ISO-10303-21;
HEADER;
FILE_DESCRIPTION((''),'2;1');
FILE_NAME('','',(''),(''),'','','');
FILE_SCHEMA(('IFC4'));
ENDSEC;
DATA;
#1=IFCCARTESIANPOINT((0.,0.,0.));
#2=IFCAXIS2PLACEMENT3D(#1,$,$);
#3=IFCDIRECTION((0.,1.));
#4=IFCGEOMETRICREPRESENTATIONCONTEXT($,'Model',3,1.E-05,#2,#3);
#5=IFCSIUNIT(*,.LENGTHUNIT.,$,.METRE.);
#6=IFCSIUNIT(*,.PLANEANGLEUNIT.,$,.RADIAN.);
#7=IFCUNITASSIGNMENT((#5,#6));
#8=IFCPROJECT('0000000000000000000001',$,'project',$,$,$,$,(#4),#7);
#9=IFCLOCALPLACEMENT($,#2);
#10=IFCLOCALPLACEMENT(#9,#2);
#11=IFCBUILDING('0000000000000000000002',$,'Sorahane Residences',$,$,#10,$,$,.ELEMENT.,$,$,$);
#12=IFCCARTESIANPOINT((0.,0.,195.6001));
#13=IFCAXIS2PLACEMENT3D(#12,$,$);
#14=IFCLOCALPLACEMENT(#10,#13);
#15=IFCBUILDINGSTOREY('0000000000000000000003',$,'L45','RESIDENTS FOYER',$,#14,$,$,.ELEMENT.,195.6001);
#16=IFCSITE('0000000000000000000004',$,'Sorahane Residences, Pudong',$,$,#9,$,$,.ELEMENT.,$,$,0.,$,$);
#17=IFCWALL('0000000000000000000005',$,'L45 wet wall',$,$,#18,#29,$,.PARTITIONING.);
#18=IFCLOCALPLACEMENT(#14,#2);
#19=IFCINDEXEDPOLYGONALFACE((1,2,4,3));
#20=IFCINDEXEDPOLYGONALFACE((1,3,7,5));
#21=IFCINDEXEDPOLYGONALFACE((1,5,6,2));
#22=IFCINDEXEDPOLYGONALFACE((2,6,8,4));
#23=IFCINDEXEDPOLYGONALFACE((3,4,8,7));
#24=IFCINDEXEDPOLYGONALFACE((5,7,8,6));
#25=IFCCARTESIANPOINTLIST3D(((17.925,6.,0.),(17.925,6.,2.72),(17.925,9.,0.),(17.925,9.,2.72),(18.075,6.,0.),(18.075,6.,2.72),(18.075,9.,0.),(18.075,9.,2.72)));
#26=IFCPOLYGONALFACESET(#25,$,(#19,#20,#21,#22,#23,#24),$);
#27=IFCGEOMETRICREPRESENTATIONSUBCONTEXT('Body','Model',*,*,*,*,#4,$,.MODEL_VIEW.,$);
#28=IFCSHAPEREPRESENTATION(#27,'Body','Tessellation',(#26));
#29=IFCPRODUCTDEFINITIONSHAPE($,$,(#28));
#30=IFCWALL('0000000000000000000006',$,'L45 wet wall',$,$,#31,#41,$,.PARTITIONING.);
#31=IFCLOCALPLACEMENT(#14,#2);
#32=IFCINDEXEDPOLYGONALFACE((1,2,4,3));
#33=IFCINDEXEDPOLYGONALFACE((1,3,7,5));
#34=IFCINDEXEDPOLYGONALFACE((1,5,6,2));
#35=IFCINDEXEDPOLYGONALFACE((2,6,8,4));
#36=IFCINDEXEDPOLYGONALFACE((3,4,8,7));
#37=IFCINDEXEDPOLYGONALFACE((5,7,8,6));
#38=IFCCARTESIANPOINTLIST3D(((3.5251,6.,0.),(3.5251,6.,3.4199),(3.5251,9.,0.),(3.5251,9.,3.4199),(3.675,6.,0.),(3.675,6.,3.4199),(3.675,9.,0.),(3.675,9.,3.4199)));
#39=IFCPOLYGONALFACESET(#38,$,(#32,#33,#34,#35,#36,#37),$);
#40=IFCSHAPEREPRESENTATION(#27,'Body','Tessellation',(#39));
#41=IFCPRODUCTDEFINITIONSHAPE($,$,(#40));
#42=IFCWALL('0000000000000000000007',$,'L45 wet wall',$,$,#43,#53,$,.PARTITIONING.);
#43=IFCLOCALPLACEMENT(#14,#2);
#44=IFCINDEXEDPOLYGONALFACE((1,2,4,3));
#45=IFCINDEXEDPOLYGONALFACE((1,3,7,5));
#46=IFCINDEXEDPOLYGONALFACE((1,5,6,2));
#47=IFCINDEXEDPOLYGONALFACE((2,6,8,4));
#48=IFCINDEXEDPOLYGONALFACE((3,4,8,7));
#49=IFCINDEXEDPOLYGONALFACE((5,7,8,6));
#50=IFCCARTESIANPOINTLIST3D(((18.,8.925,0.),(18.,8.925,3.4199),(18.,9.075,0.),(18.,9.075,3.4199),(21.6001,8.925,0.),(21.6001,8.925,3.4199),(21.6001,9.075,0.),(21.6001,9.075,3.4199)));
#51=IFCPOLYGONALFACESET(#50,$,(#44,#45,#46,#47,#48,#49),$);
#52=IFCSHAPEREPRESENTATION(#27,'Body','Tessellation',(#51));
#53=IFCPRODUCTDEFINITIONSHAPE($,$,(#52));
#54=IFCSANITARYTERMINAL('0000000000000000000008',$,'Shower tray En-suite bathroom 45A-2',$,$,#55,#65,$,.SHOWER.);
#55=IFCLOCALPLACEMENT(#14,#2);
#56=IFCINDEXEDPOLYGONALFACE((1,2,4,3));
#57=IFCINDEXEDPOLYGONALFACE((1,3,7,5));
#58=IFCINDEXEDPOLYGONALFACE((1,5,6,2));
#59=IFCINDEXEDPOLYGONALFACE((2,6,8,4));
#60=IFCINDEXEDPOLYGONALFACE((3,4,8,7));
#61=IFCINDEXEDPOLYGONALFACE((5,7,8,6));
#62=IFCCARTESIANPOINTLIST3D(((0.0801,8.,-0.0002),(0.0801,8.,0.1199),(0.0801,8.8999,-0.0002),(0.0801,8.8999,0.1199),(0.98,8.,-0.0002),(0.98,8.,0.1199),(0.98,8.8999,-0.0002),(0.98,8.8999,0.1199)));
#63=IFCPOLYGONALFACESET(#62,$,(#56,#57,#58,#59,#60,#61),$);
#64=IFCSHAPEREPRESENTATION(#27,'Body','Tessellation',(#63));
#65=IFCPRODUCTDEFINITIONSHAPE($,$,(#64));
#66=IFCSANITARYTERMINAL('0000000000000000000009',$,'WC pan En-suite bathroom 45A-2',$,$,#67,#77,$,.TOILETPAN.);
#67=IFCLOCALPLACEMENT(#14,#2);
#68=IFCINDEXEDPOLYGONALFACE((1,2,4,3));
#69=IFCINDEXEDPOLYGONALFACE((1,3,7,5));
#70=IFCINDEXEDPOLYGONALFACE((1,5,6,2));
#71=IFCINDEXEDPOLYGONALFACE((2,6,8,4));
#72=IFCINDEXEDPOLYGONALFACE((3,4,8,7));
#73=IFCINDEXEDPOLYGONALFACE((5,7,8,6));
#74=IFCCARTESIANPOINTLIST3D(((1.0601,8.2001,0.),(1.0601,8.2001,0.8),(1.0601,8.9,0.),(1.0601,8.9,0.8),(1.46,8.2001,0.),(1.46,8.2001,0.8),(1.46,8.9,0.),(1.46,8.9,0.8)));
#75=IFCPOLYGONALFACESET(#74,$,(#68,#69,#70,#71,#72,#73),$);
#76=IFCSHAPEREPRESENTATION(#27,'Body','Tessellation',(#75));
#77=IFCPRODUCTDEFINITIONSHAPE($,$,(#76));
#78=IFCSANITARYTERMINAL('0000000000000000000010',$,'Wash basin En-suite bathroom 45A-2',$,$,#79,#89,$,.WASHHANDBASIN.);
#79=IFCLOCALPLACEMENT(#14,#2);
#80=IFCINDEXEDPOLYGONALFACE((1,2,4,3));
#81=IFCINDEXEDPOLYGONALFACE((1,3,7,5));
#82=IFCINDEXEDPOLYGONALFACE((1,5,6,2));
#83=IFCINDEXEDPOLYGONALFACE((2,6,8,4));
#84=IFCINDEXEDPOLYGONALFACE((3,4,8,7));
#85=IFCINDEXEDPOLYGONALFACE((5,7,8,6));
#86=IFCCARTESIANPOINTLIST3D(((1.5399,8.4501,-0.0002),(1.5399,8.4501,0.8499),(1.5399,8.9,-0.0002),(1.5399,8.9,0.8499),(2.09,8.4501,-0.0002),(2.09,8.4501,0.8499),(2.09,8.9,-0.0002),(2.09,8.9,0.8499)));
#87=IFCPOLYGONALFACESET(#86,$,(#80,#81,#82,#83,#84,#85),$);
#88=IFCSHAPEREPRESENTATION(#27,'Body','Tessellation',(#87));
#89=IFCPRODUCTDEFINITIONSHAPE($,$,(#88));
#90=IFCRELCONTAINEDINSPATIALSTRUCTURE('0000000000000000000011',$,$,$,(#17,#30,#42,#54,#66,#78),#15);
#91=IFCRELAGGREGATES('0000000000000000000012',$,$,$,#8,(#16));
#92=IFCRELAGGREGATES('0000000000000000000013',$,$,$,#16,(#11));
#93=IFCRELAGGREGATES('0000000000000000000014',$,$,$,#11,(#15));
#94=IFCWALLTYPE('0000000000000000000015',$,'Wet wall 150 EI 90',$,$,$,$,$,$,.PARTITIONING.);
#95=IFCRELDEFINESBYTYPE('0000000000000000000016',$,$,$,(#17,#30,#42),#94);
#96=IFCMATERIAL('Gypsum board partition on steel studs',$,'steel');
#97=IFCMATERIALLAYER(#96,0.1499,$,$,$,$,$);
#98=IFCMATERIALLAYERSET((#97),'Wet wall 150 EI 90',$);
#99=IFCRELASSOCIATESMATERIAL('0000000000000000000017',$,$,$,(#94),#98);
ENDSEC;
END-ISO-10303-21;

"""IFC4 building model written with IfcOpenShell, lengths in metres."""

from ifc_helpers import new_model, si_unit, direction, frame, frame_2d, origin, origin_2d, place, context, subcontext, project, spatial, rectangle, extrude, material, layer, layer_set, type_object, element, save


model = new_model("IFC4")

# Units and contexts
model_context = context("Model", 3, precision=1e-05, world=origin(), true_north=direction((0.0, 1.0)))
body_context = subcontext(model_context, "Body", "Model", "MODEL_VIEW")
ifc_project = project(units=[si_unit("LENGTHUNIT", "METRE"), si_unit("PLANEANGLEUNIT", "RADIAN")], contexts=[model_context])

# Site, building, storey
site_placement = place(None, origin())
site = spatial("IfcSite", under=ifc_project, at=site_placement, Name="Sorahane Residences, Pudong", CompositionType="ELEMENT", RefElevation=0.0)
building_placement = place(site_placement, origin())
building = spatial("IfcBuilding", under=site, at=building_placement, Name="Sorahane Residences", CompositionType="ELEMENT")
storey_placement = place(building_placement, frame((0.0, 0.0, 195.6001)))
storey = spatial("IfcBuildingStorey", under=building, at=storey_placement, Name="L45", Description="RESIDENTS FOYER", CompositionType="ELEMENT", Elevation=195.6001)

# Walls
ifc_material_1 = material(Name="Gypsum board partition on steel studs", Category="steel")
ifc_layer_1 = layer(ifc_material_1, 0.1499)
ifc_layer_set_1 = layer_set([ifc_layer_1], Name="Wet wall 150 EI 90")
wall_type_1 = type_object("IfcWallType", Name="Wet wall 150 EI 90", PredefinedType="PARTITIONING", material=ifc_layer_set_1)
wall_1_placement = place(storey_placement, frame((18.0, 6.0, 0.0), z_axis=(0.0, 0.0, 1.0), x_axis=(0.0, 1.0, 0.0)))
element("IfcWall", 1, at=wall_1_placement, inside=storey, type_object=wall_type_1, Name="L45 wet wall", PredefinedType="PARTITIONING", context=body_context, shape_type="SweptSolid", body=[
    extrude(rectangle(XDim=3.0, YDim=0.1499, at=frame_2d((1.5, 0.0))), origin(), (0.0, 0.0, 1.0), 2.72),
])
wall_2_placement = place(storey_placement, frame((3.6001, 6.0, 0.0), z_axis=(0.0, 0.0, 1.0), x_axis=(0.0, 1.0, 0.0)))
element("IfcWall", 2, at=wall_2_placement, inside=storey, type_object=wall_type_1, Name="L45 wet wall", PredefinedType="PARTITIONING", context=body_context, shape_type="SweptSolid", body=[
    extrude(rectangle(XDim=3.0, YDim=0.1499, at=frame_2d((1.5, 0.0))), origin(), (0.0, 0.0, 1.0), 3.4199),
])

# Wall
wall_3_placement = place(storey_placement, frame((18.0, 9.0, 0.0), z_axis=(0.0, 0.0, 1.0), x_axis=(1.0, 0.0, 0.0)))
element("IfcWall", 3, at=wall_3_placement, inside=storey, type_object=wall_type_1, Name="L45 wet wall", PredefinedType="PARTITIONING", context=body_context, shape_type="SweptSolid", body=[
    extrude(rectangle(XDim=3.6001, YDim=0.1499, at=frame_2d((1.8, 0.0))), origin(), (0.0, 0.0, 1.0), 3.4199),
])

# Sanitary terminals
sanitary_terminal_1_placement = place(storey_placement, frame((0.53, 8.45, -0.0002), z_axis=(0.0, 0.0, 1.0), x_axis=(1.0, 0.0, 0.0)))
element("IfcSanitaryTerminal", 4, at=sanitary_terminal_1_placement, inside=storey, Name="Shower tray En-suite bathroom 45A-2", PredefinedType="SHOWER", context=body_context, shape_type="SweptSolid", body=[
    extrude(rectangle(XDim=0.8999, YDim=0.8999, at=origin_2d()), origin(), (0.0, 0.0, 1.0), 0.1201),
])
sanitary_terminal_2_placement = place(storey_placement, frame((1.26, 8.55, 0.0), z_axis=(0.0, 0.0, 1.0), x_axis=(1.0, 0.0, 0.0)))
element("IfcSanitaryTerminal", 5, at=sanitary_terminal_2_placement, inside=storey, Name="WC pan En-suite bathroom 45A-2", PredefinedType="TOILETPAN", context=body_context, shape_type="SweptSolid", body=[
    extrude(rectangle(XDim=0.3999, YDim=0.7, at=origin_2d()), origin(), (0.0, 0.0, 1.0), 0.8),
])
sanitary_terminal_3_placement = place(storey_placement, frame((1.8149, 8.675, -0.0002), z_axis=(0.0, 0.0, 1.0), x_axis=(1.0, 0.0, 0.0)))
element("IfcSanitaryTerminal", 6, at=sanitary_terminal_3_placement, inside=storey, Name="Wash basin En-suite bathroom 45A-2", PredefinedType="WASHHANDBASIN", context=body_context, shape_type="SweptSolid", body=[
    extrude(rectangle(XDim=0.55, YDim=0.45, at=origin_2d()), origin(), (0.0, 0.0, 1.0), 0.8501),
])

save(model, "model.ifc")
